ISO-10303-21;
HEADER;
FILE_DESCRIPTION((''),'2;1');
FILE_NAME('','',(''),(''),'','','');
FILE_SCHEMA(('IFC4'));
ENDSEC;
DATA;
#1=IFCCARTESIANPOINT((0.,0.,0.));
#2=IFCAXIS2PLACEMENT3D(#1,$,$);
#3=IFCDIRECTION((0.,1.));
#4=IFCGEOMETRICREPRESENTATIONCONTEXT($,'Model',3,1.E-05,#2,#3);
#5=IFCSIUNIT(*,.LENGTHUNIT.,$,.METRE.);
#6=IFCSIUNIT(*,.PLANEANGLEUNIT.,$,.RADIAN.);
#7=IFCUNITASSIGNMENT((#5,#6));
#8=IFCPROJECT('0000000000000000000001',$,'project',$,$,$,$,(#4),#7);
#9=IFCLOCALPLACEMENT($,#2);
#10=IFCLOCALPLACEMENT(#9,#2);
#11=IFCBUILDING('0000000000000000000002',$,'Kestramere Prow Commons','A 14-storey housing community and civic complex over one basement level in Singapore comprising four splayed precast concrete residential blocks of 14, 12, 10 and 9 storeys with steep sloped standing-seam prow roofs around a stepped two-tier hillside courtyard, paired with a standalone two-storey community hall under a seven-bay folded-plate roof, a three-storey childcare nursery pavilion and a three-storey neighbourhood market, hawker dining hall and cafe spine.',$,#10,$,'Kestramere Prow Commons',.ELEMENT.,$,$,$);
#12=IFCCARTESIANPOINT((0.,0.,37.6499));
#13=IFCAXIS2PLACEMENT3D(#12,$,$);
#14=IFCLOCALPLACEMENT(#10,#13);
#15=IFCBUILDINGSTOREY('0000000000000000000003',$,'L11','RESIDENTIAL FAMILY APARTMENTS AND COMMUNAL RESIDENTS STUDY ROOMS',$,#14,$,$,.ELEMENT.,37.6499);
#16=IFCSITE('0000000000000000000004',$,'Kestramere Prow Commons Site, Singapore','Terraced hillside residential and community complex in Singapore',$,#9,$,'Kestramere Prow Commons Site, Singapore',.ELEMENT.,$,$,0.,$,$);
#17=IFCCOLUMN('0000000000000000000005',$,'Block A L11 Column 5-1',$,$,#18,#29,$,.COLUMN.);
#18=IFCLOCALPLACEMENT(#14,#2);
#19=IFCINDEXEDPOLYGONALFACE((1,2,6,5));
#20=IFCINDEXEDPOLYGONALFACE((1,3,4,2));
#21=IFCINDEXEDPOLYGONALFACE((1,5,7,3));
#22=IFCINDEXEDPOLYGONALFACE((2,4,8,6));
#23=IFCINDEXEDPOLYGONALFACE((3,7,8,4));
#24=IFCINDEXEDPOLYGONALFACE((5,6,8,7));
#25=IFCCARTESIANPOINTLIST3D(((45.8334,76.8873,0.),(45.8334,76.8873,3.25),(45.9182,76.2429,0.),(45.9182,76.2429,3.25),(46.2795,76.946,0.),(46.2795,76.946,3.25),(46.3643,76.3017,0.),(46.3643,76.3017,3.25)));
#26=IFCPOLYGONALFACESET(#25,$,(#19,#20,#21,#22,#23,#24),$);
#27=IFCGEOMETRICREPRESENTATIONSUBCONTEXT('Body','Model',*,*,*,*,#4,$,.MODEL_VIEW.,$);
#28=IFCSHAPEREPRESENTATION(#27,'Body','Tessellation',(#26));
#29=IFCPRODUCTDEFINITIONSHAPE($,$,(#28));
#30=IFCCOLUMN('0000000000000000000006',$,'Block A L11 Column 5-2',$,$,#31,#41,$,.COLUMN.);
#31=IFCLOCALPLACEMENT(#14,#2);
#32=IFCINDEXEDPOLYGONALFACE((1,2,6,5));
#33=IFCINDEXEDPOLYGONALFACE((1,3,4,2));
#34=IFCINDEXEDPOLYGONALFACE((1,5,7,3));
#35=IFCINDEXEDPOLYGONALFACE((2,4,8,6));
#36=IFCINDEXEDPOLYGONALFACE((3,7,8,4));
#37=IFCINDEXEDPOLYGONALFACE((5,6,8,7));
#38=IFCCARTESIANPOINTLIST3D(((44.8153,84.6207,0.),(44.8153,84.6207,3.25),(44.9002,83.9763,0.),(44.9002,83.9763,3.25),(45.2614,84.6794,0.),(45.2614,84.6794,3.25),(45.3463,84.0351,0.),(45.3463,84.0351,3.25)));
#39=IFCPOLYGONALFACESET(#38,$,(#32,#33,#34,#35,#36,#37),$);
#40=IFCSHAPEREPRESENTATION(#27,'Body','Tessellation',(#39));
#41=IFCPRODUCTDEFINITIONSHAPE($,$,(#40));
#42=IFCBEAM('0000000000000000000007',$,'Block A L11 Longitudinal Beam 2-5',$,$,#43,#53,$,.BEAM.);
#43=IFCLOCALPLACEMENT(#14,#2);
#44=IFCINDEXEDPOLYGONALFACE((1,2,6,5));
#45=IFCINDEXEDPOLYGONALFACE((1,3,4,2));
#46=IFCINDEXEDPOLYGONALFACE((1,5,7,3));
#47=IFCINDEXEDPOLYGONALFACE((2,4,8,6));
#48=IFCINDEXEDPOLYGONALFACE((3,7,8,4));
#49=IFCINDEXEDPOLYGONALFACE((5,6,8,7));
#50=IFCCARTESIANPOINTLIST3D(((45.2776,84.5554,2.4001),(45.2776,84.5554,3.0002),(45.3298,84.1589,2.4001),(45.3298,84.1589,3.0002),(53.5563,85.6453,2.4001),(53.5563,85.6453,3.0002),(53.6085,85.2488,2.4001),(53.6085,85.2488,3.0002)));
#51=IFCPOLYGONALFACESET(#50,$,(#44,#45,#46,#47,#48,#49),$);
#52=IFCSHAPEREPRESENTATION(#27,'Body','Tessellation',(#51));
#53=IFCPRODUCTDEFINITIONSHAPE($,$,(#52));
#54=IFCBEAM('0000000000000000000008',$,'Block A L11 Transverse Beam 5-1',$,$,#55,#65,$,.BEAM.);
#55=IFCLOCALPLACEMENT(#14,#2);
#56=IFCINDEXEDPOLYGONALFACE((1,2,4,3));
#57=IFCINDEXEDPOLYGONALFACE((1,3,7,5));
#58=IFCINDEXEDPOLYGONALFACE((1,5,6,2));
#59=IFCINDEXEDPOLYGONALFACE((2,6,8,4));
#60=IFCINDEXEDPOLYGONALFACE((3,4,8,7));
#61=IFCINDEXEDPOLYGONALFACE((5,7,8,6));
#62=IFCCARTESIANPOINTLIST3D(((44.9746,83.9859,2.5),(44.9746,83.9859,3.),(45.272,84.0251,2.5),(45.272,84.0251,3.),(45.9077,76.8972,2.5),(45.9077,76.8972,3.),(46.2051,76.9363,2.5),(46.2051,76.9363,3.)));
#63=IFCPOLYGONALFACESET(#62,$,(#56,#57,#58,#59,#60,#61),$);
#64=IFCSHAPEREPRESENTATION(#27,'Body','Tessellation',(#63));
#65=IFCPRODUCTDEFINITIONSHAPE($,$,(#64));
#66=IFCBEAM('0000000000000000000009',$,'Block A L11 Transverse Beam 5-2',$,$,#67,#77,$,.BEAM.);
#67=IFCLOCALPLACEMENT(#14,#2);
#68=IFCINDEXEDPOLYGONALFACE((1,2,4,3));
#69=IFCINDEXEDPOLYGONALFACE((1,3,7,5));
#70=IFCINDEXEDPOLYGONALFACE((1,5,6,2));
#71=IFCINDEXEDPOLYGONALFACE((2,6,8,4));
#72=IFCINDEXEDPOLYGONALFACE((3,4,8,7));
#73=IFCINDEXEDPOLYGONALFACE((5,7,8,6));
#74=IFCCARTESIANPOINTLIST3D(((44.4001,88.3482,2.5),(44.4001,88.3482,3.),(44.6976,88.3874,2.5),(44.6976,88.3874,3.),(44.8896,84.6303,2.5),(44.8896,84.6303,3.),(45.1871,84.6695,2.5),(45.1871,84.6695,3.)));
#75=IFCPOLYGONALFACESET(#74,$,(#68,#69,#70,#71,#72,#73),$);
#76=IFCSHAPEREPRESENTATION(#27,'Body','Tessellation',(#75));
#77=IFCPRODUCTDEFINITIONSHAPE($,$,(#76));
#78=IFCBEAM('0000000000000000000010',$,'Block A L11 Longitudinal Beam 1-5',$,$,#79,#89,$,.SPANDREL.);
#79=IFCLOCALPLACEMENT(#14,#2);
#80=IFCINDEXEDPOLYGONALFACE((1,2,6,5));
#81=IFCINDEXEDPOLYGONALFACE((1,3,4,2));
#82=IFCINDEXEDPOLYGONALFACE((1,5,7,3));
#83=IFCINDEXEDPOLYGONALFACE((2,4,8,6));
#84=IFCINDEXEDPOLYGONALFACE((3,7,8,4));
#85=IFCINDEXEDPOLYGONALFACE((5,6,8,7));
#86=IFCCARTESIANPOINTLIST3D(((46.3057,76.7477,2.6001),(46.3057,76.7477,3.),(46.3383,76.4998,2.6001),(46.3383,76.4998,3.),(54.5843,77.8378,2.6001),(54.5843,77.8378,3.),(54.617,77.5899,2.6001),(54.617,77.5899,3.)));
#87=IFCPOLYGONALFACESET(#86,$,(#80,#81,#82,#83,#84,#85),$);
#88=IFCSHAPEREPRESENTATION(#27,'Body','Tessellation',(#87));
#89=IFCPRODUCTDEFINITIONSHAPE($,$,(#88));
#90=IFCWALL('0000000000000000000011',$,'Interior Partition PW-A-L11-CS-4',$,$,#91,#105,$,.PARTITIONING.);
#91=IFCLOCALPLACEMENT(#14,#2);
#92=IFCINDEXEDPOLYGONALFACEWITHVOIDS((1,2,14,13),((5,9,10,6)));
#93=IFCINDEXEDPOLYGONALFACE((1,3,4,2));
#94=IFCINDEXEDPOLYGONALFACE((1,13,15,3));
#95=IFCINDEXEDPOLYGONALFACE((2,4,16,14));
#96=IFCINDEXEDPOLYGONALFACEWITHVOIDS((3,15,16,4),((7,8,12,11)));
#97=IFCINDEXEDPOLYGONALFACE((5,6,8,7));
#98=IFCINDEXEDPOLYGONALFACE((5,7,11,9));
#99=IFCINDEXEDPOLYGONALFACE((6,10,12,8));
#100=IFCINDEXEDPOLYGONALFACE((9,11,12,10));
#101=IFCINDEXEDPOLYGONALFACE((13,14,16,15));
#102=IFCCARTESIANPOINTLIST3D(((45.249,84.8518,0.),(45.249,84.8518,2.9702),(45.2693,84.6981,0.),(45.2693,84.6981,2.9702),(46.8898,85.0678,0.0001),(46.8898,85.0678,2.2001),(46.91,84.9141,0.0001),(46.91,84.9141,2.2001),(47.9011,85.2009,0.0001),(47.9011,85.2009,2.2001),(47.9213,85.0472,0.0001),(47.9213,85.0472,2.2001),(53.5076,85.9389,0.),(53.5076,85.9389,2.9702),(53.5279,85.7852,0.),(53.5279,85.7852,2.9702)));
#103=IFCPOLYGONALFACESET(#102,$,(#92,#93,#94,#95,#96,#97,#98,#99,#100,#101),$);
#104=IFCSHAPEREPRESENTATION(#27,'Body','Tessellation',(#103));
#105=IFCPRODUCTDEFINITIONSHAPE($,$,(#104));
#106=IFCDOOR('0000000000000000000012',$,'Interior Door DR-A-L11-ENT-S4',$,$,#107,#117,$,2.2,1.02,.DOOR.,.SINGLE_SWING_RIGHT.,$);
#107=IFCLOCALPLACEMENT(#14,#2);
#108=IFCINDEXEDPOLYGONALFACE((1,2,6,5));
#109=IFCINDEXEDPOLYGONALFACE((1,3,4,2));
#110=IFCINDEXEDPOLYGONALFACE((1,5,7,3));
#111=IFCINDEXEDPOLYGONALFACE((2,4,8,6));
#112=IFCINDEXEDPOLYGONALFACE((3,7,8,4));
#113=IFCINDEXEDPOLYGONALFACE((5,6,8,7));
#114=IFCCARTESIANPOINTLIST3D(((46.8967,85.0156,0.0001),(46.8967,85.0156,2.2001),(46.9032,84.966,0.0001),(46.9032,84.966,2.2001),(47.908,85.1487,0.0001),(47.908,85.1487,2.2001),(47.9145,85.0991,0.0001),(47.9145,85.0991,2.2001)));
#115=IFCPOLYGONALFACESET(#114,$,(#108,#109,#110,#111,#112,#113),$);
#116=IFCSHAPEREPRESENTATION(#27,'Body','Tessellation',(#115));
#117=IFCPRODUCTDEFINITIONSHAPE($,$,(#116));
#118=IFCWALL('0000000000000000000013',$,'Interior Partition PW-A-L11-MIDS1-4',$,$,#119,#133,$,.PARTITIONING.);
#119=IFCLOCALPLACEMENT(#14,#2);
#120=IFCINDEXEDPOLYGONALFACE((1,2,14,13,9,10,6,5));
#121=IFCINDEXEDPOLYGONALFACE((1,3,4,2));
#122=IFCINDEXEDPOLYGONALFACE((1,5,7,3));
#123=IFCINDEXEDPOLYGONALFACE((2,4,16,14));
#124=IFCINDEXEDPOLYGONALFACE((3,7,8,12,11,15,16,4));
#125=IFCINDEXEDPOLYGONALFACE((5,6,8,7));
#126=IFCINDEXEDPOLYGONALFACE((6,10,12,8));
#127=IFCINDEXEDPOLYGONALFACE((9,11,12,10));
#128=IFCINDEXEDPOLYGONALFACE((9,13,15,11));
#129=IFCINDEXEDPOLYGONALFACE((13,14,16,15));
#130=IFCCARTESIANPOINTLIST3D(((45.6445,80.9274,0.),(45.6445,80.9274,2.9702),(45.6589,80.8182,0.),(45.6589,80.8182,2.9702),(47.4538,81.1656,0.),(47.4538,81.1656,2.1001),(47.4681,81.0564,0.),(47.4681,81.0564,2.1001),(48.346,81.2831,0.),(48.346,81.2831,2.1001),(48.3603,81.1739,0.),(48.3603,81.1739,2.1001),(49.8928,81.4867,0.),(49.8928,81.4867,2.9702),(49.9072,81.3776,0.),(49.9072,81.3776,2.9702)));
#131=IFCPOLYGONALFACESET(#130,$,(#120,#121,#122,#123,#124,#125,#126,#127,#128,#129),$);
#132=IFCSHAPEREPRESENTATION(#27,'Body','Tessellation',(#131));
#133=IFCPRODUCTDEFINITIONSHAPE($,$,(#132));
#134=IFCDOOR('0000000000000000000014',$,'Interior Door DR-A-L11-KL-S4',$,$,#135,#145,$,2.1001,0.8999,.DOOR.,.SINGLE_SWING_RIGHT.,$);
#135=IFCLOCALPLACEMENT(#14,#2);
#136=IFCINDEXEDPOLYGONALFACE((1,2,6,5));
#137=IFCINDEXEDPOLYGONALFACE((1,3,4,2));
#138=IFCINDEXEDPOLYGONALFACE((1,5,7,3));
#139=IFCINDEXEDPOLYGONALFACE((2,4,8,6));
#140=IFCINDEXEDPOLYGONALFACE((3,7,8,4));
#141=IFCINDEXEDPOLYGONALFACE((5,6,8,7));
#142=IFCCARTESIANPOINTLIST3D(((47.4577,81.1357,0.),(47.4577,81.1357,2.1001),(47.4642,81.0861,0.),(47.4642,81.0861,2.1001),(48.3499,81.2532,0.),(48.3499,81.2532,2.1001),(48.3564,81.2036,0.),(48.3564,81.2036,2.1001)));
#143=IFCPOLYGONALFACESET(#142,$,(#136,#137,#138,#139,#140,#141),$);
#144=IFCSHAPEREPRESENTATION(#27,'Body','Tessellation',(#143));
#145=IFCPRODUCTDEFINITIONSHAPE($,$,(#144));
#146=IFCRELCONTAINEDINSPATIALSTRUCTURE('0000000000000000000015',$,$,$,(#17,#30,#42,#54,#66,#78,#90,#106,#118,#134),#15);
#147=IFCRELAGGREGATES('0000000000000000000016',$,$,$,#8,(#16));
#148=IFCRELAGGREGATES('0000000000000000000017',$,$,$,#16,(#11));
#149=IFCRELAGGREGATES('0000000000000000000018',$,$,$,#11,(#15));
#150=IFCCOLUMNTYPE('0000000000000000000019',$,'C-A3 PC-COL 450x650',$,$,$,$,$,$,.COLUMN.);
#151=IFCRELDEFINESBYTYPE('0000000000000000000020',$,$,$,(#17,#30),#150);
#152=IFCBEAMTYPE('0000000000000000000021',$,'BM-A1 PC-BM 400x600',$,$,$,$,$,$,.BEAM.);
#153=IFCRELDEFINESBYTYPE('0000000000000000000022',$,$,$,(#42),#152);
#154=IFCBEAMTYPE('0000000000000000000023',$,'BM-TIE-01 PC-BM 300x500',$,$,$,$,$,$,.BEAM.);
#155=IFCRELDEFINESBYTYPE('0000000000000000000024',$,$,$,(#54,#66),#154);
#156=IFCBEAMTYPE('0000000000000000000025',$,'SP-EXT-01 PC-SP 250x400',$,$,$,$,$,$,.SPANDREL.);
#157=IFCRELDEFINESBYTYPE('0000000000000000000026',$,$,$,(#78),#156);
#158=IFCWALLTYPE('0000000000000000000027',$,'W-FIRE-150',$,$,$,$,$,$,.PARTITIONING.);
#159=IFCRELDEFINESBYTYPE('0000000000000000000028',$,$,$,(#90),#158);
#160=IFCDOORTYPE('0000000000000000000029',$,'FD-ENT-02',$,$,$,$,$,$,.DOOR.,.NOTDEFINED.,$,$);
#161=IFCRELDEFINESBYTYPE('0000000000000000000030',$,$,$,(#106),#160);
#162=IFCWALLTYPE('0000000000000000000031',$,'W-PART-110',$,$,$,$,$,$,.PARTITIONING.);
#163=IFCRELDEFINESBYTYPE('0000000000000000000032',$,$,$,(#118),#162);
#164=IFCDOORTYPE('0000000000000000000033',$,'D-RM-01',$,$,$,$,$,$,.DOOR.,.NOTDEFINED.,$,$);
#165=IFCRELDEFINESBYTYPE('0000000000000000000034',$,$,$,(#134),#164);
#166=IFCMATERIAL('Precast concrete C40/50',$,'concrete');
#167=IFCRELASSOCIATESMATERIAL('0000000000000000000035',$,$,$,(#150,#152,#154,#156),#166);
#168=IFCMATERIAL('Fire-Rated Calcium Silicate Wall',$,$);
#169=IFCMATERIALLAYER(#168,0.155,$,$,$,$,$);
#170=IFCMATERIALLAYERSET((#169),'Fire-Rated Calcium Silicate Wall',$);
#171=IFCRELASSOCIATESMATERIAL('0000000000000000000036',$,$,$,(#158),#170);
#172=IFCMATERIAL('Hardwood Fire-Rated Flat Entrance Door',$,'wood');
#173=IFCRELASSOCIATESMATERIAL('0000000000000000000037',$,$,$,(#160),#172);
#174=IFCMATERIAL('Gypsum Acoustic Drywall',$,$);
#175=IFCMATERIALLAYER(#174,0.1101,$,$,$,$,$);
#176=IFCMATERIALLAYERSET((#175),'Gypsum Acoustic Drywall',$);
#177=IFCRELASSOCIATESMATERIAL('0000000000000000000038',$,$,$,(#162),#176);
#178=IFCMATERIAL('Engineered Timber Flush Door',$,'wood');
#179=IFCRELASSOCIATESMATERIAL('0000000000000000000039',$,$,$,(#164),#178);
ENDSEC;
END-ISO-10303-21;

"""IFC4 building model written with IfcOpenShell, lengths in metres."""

from ifc_helpers import new_model, si_unit, direction, frame, frame_2d, origin, origin_2d, place, context, subcontext, project, spatial, rectangle, extrude, material, layer, layer_set, material_profile, profile_set, type_object, element, fill, save


model = new_model("IFC4")

# Units and contexts
model_context = context("Model", 3, precision=1e-05, world=origin(), true_north=direction((0.0, 1.0)))
body_context = subcontext(model_context, "Body", "Model", "MODEL_VIEW")
ifc_project = project(units=[si_unit("LENGTHUNIT", "METRE"), si_unit("PLANEANGLEUNIT", "RADIAN")], contexts=[model_context])

# Site, building, storey
site_placement = place(None, origin())
site = spatial("IfcSite", under=ifc_project, at=site_placement, Name="Kestramere Prow Commons Site, Singapore", Description="Terraced hillside residential and community complex in Singapore", LongName="Kestramere Prow Commons Site, Singapore", CompositionType="ELEMENT", RefElevation=0.0)
building_placement = place(site_placement, origin())
building = spatial("IfcBuilding", under=site, at=building_placement, Name="Kestramere Prow Commons", Description="A 14-storey housing community and civic complex over one basement level in Singapore comprising four splayed precast concrete residential blocks of 14, 12, 10 and 9 storeys with steep sloped standing-seam prow roofs around a stepped two-tier hillside courtyard, paired with a standalone two-storey community hall under a seven-bay folded-plate roof, a three-storey childcare nursery pavilion and a three-storey neighbourhood market, hawker dining hall and cafe spine.", LongName="Kestramere Prow Commons", CompositionType="ELEMENT")
storey_placement = place(building_placement, frame((0.0, 0.0, 37.6499)))
storey = spatial("IfcBuildingStorey", under=building, at=storey_placement, Name="L11", Description="RESIDENTIAL FAMILY APARTMENTS AND COMMUNAL RESIDENTS STUDY ROOMS", CompositionType="ELEMENT", Elevation=37.6499)

# Columns
ifc_material_1 = material(Name="Precast concrete C40/50", Category="concrete")
ifc_material_profile_1 = material_profile(ifc_material_1, rectangle(XDim=0.45, YDim=0.6499, at=origin_2d()), Name="PC-COL 450x650")
ifc_profile_set_1 = profile_set([ifc_material_profile_1], Name="Precast concrete C40/50")
column_type = type_object("IfcColumnType", Name="C-A3 PC-COL 450x650", PredefinedType="COLUMN", material=ifc_profile_set_1)
for number, where, z_axis, x_axis, name in (
    (1, (46.0989, 76.5945, 0.0), (0.0, 0.0, 1.0), (0.991445, 0.130526, 0.0), "Block A L11 Column 5-1"),
    (2, (45.0808, 84.3279, 0.0), (0.0, 0.0, 1.0), (0.991445, 0.130526, 0.0), "Block A L11 Column 5-2"),
):
    element("IfcColumn", number, at=place(storey_placement, frame(where, z_axis=z_axis, x_axis=x_axis)), inside=storey, type_object=column_type, Name=name, PredefinedType="COLUMN", context=body_context, shape_type="SweptSolid", body=[
        extrude(rectangle(XDim=0.45, YDim=0.6499, at=origin_2d()), origin(), (0.0, 0.0, 1.0), 3.25),
    ])

# Beams
ifc_material_profile_2 = material_profile(ifc_material_1, rectangle(XDim=0.3999, YDim=0.6001, at=origin_2d()), Name="PC-BM 400x600")
ifc_profile_set_2 = profile_set([ifc_material_profile_2], Name="Precast concrete C40/50")
beam_type_1 = type_object("IfcBeamType", Name="BM-A1 PC-BM 400x600", PredefinedType="BEAM", material=ifc_profile_set_2)
beam_1_placement = place(storey_placement, frame((45.3037, 84.3572, 2.7002), z_axis=(0.991446, 0.13052, 0.0), x_axis=(-0.13052, 0.991446, 0.0)))
element("IfcBeam", 3, at=beam_1_placement, inside=storey, type_object=beam_type_1, Name="Block A L11 Longitudinal Beam 2-5", PredefinedType="BEAM", context=body_context, shape_type="SweptSolid", body=[
    extrude(rectangle(XDim=0.3999, YDim=0.6001, at=origin_2d()), origin(), (0.0, 0.0, 1.0), 8.3501),
])
ifc_material_profile_3 = material_profile(ifc_material_1, rectangle(XDim=0.3, YDim=0.5, at=origin_2d()), Name="PC-BM 300x500")
ifc_profile_set_3 = profile_set([ifc_material_profile_3], Name="Precast concrete C40/50")
beam_type_2 = type_object("IfcBeamType", Name="BM-TIE-01 PC-BM 300x500", PredefinedType="BEAM", material=ifc_profile_set_3)
beam_2_placement = place(storey_placement, frame((46.0564, 76.9167, 2.75), z_axis=(-0.130504, 0.991448, 0.0), x_axis=(-0.991448, -0.130504, 0.0)))
element("IfcBeam", 4, at=beam_2_placement, inside=storey, type_object=beam_type_2, Name="Block A L11 Transverse Beam 5-1", PredefinedType="BEAM", context=body_context, shape_type="SweptSolid", body=[
    extrude(rectangle(XDim=0.3, YDim=0.5, at=origin_2d()), origin(), (0.0, 0.0, 1.0), 7.1499),
])
beam_3_placement = place(storey_placement, frame((45.0383, 84.6499, 2.75), z_axis=(-0.13053, 0.991444, 0.0), x_axis=(-0.991444, -0.13053, 0.0)))
element("IfcBeam", 5, at=beam_3_placement, inside=storey, type_object=beam_type_2, Name="Block A L11 Transverse Beam 5-2", PredefinedType="BEAM", context=body_context, shape_type="SweptSolid", body=[
    extrude(rectangle(XDim=0.3, YDim=0.5, at=origin_2d()), origin(), (0.0, 0.0, 1.0), 3.75),
])
ifc_material_profile_4 = material_profile(ifc_material_1, rectangle(XDim=0.25, YDim=0.3999, at=origin_2d()), Name="PC-SP 250x400")
ifc_profile_set_4 = profile_set([ifc_material_profile_4], Name="Precast concrete C40/50")
beam_type_3 = type_object("IfcBeamType", Name="SP-EXT-01 PC-SP 250x400", PredefinedType="SPANDREL", material=ifc_profile_set_4)
beam_4_placement = place(storey_placement, frame((46.322, 76.6238, 2.8), z_axis=(0.991442, 0.130549, 0.0), x_axis=(-0.130549, 0.991442, 0.0)))
element("IfcBeam", 6, at=beam_4_placement, inside=storey, type_object=beam_type_3, Name="Block A L11 Longitudinal Beam 1-5", PredefinedType="SPANDREL", context=body_context, shape_type="SweptSolid", body=[
    extrude(rectangle(XDim=0.25, YDim=0.3999, at=origin_2d()), origin(), (0.0, 0.0, 1.0), 8.3501),
])

# Walls, openings, doors
ifc_material_2 = material(Name="Fire-Rated Calcium Silicate Wall")
ifc_layer_1 = layer(ifc_material_2, 0.155)
ifc_layer_set_1 = layer_set([ifc_layer_1], Name="Fire-Rated Calcium Silicate Wall")
wall_type_1 = type_object("IfcWallType", Name="W-FIRE-150", PredefinedType="PARTITIONING", material=ifc_layer_set_1)
wall_1_placement = place(storey_placement, frame((45.259, 84.7749, 0.0), z_axis=(0.0, 0.0, 1.0), x_axis=(0.991446, 0.130514, 0.0)))
wall_1 = element("IfcWall", 7, at=wall_1_placement, inside=storey, type_object=wall_type_1, Name="Interior Partition PW-A-L11-CS-4", PredefinedType="PARTITIONING", context=body_context, shape_type="SweptSolid", body=[
    extrude(rectangle(XDim=8.3298, YDim=0.155, at=frame_2d((4.165, 0.0))), origin(), (0.0, 0.0, 1.0), 2.9702),
])
opening_1_placement = place(wall_1_placement, frame((1.655, 0.0, 0.0)))
opening_1 = element("IfcOpeningElement", 8, at=opening_1_placement, cuts=wall_1, PredefinedType="OPENING", context=body_context, shape_type="SweptSolid", body=[
    extrude(rectangle(XDim=1.02, YDim=2.2, at=frame_2d((0.51, 1.1001))), frame((0.0, 0.0925, 0.0), z_axis=(0.0, -1.0, 0.0), x_axis=(1.0, 0.0, 0.0)), (0.0, 0.0, 1.0), 0.1851),
])
ifc_material_3 = material(Name="Hardwood Fire-Rated Flat Entrance Door", Category="wood")
door_type_1 = type_object("IfcDoorType", Name="FD-ENT-02", OperationType="NOTDEFINED", PredefinedType="DOOR", material=ifc_material_3)
door_1_placement = place(opening_1_placement, origin())
door_1 = element("IfcDoor", 9, at=door_1_placement, inside=storey, type_object=door_type_1, Name="Interior Door DR-A-L11-ENT-S4", OperationType="SINGLE_SWING_RIGHT", OverallHeight=2.2, OverallWidth=1.02, PredefinedType="DOOR", context=body_context, shape_type="SweptSolid", body=[
    extrude(rectangle(XDim=1.02, YDim=2.2, at=frame_2d((0.51, 1.1001))), frame((0.0, 0.0249, 0.0), z_axis=(0.0, -1.0, 0.0), x_axis=(1.0, 0.0, 0.0)), (0.0, 0.0, 1.0), 0.05),
])
fill(opening_1, door_1)
ifc_material_4 = material(Name="Gypsum Acoustic Drywall")
ifc_layer_2 = layer(ifc_material_4, 0.1101)
ifc_layer_set_2 = layer_set([ifc_layer_2], Name="Gypsum Acoustic Drywall")
wall_type_2 = type_object("IfcWallType", Name="W-PART-110", PredefinedType="PARTITIONING", material=ifc_layer_set_2)
wall_2_placement = place(storey_placement, frame((45.6516, 80.8728, 0.0), z_axis=(0.0, 0.0, 1.0), x_axis=(0.991444, 0.130533, 0.0)))
wall_2 = element("IfcWall", 10, at=wall_2_placement, inside=storey, type_object=wall_type_2, Name="Interior Partition PW-A-L11-MIDS1-4", PredefinedType="PARTITIONING", context=body_context, shape_type="SweptSolid", body=[
    extrude(rectangle(XDim=4.2849, YDim=0.1101, at=frame_2d((2.1426, 0.0))), origin(), (0.0, 0.0, 1.0), 2.9702),
])
opening_2_placement = place(wall_2_placement, frame((1.825, 0.0, 0.0)))
opening_2 = element("IfcOpeningElement", 11, at=opening_2_placement, cuts=wall_2, PredefinedType="OPENING", context=body_context, shape_type="SweptSolid", body=[
    extrude(rectangle(XDim=0.8999, YDim=2.1001, at=frame_2d((0.45, 1.05))), frame((0.0, 0.0701, 0.0), z_axis=(0.0, -1.0, 0.0), x_axis=(1.0, 0.0, 0.0)), (0.0, 0.0, 1.0), 0.1401),
])
ifc_material_5 = material(Name="Engineered Timber Flush Door", Category="wood")
door_type_2 = type_object("IfcDoorType", Name="D-RM-01", OperationType="NOTDEFINED", PredefinedType="DOOR", material=ifc_material_5)
door_2_placement = place(opening_2_placement, origin())
door_2 = element("IfcDoor", 12, at=door_2_placement, inside=storey, type_object=door_type_2, Name="Interior Door DR-A-L11-KL-S4", OperationType="SINGLE_SWING_RIGHT", OverallHeight=2.1001, OverallWidth=0.8999, PredefinedType="DOOR", context=body_context, shape_type="SweptSolid", body=[
    extrude(rectangle(XDim=0.8999, YDim=2.1001, at=frame_2d((0.45, 1.05))), frame((0.0, 0.0249, 0.0), z_axis=(0.0, -1.0, 0.0), x_axis=(1.0, 0.0, 0.0)), (0.0, 0.0, 1.0), 0.05),
])
fill(opening_2, door_2)

save(model, "model.ifc")
